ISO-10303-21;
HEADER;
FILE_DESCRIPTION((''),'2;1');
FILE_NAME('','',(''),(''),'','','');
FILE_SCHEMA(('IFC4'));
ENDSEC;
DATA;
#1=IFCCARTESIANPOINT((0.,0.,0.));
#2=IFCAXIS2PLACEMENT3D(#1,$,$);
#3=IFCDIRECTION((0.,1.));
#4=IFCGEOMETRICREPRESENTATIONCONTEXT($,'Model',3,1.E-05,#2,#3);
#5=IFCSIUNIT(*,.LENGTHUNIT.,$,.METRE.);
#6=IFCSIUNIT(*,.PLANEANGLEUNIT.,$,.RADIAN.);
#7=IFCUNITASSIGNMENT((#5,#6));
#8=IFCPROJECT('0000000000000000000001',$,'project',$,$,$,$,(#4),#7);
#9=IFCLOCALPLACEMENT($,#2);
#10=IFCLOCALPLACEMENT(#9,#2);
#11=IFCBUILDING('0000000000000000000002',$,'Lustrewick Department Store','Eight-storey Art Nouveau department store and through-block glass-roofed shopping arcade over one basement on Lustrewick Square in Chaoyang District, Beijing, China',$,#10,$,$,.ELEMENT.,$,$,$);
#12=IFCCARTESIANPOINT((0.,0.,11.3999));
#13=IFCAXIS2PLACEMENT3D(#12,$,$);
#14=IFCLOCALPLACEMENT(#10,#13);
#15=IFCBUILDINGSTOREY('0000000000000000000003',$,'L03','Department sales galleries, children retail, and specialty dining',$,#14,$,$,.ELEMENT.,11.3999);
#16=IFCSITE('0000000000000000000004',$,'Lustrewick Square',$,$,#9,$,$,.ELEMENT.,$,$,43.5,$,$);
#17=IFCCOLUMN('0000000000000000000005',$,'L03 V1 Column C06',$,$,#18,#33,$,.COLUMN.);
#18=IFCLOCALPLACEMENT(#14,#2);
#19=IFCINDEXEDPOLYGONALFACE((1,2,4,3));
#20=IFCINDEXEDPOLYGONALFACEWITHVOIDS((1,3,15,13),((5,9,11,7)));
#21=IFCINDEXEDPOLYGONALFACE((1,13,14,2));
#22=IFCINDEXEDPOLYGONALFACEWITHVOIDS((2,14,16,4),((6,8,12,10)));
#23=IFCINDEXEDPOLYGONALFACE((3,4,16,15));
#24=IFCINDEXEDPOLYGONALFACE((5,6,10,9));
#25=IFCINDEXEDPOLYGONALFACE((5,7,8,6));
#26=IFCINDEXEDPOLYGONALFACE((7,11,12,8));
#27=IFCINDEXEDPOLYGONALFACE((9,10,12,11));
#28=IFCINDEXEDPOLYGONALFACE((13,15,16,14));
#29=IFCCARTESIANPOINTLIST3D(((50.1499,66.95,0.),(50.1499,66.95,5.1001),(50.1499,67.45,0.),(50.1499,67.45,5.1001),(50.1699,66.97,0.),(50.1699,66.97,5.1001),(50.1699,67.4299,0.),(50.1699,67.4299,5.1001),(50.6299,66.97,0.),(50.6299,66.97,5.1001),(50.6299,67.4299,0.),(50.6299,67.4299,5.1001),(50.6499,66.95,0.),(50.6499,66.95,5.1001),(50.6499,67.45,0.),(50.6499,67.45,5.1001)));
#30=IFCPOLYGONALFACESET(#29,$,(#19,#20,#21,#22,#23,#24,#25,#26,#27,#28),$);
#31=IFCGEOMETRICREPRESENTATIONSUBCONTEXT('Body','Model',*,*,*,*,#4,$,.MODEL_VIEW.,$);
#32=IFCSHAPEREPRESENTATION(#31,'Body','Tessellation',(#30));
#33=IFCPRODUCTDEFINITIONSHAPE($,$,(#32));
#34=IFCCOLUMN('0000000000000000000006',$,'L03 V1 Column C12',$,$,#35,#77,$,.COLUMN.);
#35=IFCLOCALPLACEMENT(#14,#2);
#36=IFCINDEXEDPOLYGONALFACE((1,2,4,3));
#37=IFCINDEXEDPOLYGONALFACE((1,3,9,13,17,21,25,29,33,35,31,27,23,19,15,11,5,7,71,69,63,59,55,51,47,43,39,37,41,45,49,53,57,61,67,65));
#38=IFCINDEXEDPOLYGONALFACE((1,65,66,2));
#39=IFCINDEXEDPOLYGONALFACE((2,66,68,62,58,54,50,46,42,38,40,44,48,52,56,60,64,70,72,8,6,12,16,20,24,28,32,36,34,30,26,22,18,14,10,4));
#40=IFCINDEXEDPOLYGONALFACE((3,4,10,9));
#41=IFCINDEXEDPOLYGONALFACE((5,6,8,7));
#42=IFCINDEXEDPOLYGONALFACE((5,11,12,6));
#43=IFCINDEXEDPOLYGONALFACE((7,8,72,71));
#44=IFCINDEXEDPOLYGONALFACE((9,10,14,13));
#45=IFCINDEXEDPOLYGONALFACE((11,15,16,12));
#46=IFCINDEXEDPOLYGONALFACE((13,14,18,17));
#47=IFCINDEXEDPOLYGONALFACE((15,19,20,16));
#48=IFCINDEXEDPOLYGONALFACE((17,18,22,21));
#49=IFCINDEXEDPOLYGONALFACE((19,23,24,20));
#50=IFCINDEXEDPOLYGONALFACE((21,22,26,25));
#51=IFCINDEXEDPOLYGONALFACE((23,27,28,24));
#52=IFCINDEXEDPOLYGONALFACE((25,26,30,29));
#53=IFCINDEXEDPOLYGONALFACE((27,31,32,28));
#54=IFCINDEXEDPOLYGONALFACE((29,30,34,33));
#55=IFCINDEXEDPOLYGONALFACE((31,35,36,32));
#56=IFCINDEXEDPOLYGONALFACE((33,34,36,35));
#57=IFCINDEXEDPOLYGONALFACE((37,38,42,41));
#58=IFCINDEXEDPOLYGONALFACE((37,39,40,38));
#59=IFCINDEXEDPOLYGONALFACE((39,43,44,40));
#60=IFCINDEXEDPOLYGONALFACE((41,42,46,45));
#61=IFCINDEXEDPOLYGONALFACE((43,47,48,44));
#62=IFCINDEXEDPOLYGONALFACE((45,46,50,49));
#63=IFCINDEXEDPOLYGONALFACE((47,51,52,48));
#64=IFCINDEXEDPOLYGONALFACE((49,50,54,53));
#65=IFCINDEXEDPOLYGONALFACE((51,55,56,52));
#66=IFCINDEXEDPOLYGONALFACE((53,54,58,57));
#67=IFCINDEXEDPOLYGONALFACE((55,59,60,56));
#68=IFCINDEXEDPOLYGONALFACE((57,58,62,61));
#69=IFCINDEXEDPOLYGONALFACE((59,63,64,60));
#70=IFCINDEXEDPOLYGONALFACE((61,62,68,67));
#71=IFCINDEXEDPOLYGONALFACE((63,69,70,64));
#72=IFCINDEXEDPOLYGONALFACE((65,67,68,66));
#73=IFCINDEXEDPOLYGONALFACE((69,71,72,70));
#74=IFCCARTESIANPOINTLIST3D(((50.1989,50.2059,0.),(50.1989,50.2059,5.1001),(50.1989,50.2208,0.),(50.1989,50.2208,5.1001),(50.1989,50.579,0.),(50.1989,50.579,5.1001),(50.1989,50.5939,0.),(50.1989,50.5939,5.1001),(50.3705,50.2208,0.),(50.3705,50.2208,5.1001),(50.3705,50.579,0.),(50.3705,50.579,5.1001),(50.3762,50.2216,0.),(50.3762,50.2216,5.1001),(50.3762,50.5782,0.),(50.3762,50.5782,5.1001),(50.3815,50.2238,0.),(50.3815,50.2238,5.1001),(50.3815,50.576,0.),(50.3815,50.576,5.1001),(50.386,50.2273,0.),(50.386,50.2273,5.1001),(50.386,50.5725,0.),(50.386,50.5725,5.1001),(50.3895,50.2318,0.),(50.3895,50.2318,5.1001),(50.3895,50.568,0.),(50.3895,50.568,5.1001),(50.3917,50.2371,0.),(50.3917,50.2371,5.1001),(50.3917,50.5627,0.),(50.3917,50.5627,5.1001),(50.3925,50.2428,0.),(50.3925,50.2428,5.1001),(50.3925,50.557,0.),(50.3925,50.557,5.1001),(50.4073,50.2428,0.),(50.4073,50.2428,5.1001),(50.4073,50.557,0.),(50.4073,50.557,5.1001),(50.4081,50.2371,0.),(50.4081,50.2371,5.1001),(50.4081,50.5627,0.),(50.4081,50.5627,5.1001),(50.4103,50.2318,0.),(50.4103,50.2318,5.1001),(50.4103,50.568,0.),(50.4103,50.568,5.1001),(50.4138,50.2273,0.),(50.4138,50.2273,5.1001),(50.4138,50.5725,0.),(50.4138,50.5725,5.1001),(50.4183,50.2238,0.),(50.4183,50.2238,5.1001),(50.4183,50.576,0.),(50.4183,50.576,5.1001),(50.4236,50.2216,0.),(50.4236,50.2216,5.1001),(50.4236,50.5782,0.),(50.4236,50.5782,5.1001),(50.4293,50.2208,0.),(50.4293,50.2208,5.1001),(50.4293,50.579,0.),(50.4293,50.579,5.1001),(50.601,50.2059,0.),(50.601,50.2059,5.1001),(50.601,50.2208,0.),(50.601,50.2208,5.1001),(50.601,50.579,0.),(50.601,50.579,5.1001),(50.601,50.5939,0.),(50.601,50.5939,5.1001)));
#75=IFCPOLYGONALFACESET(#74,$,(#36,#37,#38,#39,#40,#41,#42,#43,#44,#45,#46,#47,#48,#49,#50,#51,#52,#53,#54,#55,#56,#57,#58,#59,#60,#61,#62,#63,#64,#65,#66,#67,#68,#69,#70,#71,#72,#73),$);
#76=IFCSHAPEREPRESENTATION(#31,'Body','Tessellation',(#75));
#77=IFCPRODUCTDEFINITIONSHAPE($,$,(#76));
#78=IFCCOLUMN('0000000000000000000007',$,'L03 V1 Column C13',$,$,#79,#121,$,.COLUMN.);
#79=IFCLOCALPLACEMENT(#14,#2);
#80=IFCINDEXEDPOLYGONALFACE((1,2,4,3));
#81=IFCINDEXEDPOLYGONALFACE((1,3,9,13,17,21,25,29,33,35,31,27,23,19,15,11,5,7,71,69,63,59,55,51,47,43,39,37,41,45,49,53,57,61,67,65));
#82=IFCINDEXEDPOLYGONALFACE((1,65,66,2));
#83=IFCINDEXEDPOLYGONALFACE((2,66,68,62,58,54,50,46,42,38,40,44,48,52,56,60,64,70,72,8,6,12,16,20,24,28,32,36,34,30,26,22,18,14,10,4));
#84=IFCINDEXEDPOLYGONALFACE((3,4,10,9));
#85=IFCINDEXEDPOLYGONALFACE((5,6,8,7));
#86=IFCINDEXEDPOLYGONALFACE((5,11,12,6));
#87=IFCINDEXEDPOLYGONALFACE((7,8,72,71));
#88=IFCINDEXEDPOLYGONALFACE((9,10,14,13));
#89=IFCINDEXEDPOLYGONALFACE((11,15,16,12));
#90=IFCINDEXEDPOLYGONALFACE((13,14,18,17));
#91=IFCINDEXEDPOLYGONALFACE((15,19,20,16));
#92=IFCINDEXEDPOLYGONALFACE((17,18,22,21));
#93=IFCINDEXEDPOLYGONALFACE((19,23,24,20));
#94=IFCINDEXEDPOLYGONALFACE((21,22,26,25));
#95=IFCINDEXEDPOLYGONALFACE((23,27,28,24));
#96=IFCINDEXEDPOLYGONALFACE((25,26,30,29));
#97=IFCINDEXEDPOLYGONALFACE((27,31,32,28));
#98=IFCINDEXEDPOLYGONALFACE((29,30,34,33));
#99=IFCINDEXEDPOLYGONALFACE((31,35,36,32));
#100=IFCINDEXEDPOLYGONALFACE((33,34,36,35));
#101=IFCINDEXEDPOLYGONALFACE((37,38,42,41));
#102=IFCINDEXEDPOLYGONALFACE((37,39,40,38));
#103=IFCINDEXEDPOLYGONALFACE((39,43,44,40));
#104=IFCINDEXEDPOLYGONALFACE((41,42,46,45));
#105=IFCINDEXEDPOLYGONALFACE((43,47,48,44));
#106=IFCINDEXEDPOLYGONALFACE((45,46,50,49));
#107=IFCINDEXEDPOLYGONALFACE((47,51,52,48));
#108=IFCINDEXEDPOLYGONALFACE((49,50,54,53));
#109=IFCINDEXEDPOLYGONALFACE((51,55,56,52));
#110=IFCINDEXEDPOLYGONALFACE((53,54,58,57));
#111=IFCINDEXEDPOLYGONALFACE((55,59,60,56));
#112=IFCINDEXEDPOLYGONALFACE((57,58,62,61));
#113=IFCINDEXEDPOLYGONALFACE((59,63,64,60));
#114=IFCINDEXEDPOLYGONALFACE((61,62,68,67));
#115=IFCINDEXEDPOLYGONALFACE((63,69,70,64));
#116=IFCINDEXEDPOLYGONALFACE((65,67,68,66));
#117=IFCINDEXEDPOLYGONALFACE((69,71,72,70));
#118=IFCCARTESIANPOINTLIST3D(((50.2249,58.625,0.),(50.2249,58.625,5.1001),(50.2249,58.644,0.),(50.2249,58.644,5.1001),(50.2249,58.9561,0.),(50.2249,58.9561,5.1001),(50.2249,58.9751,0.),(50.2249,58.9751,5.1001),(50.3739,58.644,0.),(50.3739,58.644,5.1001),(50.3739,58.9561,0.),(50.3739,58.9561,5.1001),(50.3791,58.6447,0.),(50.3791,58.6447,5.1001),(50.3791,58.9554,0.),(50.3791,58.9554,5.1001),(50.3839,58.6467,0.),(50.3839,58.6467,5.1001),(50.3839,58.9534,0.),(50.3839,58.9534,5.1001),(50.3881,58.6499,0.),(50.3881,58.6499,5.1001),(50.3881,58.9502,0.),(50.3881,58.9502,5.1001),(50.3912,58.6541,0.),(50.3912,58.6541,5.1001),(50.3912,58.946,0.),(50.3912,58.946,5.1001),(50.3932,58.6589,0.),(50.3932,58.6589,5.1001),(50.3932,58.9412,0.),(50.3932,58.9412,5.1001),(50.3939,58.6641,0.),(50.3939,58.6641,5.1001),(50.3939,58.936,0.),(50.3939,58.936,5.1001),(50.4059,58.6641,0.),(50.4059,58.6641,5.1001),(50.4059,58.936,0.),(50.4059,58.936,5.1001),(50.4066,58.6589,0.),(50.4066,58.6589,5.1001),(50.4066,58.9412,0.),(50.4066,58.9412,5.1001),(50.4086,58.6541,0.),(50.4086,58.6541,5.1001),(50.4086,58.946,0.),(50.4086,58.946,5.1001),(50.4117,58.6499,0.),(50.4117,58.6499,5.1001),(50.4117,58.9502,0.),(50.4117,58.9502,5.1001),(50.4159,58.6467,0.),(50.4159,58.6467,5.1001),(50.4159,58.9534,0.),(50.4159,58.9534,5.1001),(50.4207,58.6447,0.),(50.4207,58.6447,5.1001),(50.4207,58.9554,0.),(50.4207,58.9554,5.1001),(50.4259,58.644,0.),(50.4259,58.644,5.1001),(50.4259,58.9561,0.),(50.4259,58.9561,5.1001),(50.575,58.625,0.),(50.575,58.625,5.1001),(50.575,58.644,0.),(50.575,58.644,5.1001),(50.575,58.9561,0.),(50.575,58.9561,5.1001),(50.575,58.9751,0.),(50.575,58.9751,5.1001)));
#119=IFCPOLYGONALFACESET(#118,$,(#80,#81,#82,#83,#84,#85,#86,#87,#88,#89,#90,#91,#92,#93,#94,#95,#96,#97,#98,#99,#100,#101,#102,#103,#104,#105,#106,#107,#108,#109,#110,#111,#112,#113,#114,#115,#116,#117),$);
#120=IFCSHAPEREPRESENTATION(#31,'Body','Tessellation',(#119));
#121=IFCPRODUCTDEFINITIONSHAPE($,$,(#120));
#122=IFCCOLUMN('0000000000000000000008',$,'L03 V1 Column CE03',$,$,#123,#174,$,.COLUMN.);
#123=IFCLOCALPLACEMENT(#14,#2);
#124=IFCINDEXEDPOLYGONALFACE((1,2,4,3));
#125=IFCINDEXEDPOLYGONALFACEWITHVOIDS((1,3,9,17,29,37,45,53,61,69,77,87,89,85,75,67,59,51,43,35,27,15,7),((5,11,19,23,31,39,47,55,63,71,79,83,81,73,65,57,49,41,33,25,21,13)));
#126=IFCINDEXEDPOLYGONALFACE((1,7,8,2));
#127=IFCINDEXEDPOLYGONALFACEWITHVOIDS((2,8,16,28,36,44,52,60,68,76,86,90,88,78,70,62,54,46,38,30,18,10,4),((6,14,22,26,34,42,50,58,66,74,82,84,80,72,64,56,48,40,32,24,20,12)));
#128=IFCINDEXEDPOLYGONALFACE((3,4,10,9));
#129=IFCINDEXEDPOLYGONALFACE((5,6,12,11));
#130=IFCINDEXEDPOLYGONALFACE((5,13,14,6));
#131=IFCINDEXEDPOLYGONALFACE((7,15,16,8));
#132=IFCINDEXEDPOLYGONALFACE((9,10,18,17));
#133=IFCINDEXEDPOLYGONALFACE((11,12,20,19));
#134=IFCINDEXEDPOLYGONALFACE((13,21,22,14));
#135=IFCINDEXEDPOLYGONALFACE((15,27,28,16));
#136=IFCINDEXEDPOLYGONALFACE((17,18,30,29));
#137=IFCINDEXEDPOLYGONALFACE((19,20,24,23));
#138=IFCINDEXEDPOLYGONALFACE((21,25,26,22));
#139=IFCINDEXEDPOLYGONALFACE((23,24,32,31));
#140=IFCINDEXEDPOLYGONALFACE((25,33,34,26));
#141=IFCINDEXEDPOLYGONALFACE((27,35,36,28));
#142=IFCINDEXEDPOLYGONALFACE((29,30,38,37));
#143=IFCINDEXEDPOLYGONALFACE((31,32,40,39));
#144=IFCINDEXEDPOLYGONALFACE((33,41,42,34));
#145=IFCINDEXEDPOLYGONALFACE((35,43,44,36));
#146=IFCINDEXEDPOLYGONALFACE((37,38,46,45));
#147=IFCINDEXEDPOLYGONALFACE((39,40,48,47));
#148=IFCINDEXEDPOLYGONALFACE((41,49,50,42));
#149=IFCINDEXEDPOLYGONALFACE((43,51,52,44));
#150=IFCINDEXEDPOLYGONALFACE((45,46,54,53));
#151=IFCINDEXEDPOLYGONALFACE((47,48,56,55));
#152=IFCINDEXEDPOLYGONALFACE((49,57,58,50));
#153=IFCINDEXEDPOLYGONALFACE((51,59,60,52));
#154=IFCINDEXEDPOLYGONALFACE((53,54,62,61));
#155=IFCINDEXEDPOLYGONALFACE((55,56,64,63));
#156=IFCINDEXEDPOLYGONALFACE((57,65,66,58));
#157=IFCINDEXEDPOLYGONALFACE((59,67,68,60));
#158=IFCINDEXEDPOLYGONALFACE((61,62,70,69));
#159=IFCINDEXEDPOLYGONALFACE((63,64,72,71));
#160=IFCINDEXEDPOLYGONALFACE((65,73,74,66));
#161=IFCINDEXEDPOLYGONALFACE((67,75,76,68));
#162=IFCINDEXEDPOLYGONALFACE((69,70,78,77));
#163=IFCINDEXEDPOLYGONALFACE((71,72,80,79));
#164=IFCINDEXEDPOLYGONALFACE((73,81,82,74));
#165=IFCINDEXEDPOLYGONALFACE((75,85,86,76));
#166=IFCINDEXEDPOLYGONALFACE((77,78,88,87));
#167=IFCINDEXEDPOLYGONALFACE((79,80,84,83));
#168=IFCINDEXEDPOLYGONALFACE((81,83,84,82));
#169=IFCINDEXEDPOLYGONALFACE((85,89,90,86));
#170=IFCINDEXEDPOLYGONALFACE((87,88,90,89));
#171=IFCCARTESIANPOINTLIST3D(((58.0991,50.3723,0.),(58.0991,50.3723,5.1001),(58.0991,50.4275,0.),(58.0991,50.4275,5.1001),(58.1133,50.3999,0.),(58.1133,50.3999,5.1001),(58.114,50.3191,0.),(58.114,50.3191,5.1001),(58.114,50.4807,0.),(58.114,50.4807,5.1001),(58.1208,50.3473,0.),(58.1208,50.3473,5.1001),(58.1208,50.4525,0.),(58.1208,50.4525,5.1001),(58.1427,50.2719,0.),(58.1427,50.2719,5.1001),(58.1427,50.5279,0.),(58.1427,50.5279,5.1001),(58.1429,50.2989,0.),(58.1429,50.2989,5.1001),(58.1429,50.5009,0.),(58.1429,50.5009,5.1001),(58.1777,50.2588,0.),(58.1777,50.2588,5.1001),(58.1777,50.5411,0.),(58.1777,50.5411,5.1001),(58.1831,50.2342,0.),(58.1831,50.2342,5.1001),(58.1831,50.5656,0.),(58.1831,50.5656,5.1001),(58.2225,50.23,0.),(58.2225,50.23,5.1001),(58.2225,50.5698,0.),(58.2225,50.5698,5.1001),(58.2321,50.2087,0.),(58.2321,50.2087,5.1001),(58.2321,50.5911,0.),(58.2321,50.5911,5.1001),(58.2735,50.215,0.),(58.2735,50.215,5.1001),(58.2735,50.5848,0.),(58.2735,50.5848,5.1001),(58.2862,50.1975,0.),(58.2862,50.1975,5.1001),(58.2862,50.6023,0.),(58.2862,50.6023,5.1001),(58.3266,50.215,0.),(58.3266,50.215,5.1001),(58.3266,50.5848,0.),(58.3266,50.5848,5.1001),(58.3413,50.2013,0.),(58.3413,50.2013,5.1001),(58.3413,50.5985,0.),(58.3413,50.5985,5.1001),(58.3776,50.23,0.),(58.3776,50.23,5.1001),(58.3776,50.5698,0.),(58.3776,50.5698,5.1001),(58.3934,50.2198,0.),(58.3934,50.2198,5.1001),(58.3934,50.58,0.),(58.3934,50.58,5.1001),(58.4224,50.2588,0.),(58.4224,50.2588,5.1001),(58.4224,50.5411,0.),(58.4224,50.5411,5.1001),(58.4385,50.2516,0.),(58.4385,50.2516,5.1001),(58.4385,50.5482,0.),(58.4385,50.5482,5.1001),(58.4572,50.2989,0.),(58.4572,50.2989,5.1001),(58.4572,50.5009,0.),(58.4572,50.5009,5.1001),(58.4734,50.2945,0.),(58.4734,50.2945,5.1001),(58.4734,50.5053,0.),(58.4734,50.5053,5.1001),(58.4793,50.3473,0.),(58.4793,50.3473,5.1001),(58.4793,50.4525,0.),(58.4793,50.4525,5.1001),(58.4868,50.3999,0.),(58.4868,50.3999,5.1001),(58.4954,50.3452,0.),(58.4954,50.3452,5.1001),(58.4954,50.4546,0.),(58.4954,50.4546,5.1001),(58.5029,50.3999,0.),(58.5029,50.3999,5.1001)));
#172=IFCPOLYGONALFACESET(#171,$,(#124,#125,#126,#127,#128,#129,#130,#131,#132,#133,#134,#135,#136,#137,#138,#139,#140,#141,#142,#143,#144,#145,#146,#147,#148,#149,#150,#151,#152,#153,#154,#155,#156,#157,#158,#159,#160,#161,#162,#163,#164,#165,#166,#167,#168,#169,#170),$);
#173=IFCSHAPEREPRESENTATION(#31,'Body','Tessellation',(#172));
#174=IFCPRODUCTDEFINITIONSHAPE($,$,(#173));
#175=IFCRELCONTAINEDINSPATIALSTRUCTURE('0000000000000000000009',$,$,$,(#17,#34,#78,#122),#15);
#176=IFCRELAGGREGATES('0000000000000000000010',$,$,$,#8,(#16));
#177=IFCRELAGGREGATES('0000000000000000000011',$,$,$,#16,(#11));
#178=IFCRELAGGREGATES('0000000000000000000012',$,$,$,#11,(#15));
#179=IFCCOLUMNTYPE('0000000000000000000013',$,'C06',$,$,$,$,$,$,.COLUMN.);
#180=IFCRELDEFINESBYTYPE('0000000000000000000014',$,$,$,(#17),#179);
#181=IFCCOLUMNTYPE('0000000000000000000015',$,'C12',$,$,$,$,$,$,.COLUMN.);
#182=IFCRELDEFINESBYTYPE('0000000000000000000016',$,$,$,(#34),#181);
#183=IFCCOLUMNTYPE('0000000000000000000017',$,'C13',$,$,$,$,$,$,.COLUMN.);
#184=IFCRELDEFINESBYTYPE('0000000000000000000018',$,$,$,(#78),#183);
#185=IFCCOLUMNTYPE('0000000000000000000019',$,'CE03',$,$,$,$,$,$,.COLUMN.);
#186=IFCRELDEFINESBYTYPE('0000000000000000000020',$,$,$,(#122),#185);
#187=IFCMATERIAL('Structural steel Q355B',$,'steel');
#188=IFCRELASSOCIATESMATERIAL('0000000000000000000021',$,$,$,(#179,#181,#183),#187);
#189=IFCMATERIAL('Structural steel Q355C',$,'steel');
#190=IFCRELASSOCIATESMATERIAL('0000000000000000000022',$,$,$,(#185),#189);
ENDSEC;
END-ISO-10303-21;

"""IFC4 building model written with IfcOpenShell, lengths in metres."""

from ifc_helpers import new_model, si_unit, direction, frame, origin, origin_2d, place, context, subcontext, project, spatial, hollow_rectangle, hollow_circle, i_section, extrude, material, material_profile, profile_set, type_object, element, save


model = new_model("IFC4")

# Units and contexts
model_context = context("Model", 3, precision=1e-05, world=origin(), true_north=direction((0.0, 1.0)))
body_context = subcontext(model_context, "Body", "Model", "MODEL_VIEW")
ifc_project = project(units=[si_unit("LENGTHUNIT", "METRE"), si_unit("PLANEANGLEUNIT", "RADIAN")], contexts=[model_context])

# Site, building, storey
site_placement = place(None, origin())
site = spatial("IfcSite", under=ifc_project, at=site_placement, Name="Lustrewick Square", CompositionType="ELEMENT", RefElevation=43.5)
building_placement = place(site_placement, origin())
building = spatial("IfcBuilding", under=site, at=building_placement, Name="Lustrewick Department Store", Description="Eight-storey Art Nouveau department store and through-block glass-roofed shopping arcade over one basement on Lustrewick Square in Chaoyang District, Beijing, China", CompositionType="ELEMENT")
storey_placement = place(building_placement, frame((0.0, 0.0, 11.3999)))
storey = spatial("IfcBuildingStorey", under=building, at=storey_placement, Name="L03", Description="Department sales galleries, children retail, and specialty dining", CompositionType="ELEMENT", Elevation=11.3999)

# Columns
ifc_material_1 = material(Name="Structural steel Q355B", Category="steel")
ifc_material_profile_1 = material_profile(ifc_material_1, hollow_rectangle(XDim=0.5, YDim=0.5, WallThickness=0.02, at=origin_2d()), Name="BOX 500x500x20")
ifc_profile_set_1 = profile_set([ifc_material_profile_1], Name="Structural steel Q355B")
column_type_1 = type_object("IfcColumnType", Name="C06", PredefinedType="COLUMN", material=ifc_profile_set_1)
column_1_placement = place(storey_placement, frame((50.3999, 67.2, 0.0), z_axis=(0.0, 0.0, 1.0), x_axis=(1.0, 0.0, 0.0)))
element("IfcColumn", 1, at=column_1_placement, inside=storey, type_object=column_type_1, Name="L03 V1 Column C06", PredefinedType="COLUMN", context=body_context, shape_type="SweptSolid", body=[
    extrude(hollow_rectangle(XDim=0.5, YDim=0.5, WallThickness=0.02, at=origin_2d()), origin(), (0.0, 0.0, 1.0), 5.1001),
])
ifc_material_profile_2 = material_profile(ifc_material_1, i_section(OverallWidth=0.4021, OverallDepth=0.3879, WebThickness=0.0149, FlangeThickness=0.0149, FilletRadius=0.022, at=origin_2d()), Name="HW 388x402x15x15")
ifc_profile_set_2 = profile_set([ifc_material_profile_2], Name="Structural steel Q355B")
column_type_2 = type_object("IfcColumnType", Name="C12", PredefinedType="COLUMN", material=ifc_profile_set_2)
column_2_placement = place(storey_placement, frame((50.3999, 50.3999, 0.0), z_axis=(0.0, 0.0, 1.0), x_axis=(1.0, 0.0, 0.0)))
element("IfcColumn", 2, at=column_2_placement, inside=storey, type_object=column_type_2, Name="L03 V1 Column C12", PredefinedType="COLUMN", context=body_context, shape_type="SweptSolid", body=[
    extrude(i_section(OverallWidth=0.4021, OverallDepth=0.3879, WebThickness=0.0149, FlangeThickness=0.0149, FilletRadius=0.022, at=origin_2d()), origin(), (0.0, 0.0, 1.0), 5.1001),
])
ifc_material_profile_3 = material_profile(ifc_material_1, i_section(OverallWidth=0.3501, OverallDepth=0.3501, WebThickness=0.012, FlangeThickness=0.019, FilletRadius=0.02, at=origin_2d()), Name="HW 350x350x12x19")
ifc_profile_set_3 = profile_set([ifc_material_profile_3], Name="Structural steel Q355B")
column_type_3 = type_object("IfcColumnType", Name="C13", PredefinedType="COLUMN", material=ifc_profile_set_3)
column_3_placement = place(storey_placement, frame((50.3999, 58.8, 0.0), z_axis=(0.0, 0.0, 1.0), x_axis=(1.0, 0.0, 0.0)))
element("IfcColumn", 3, at=column_3_placement, inside=storey, type_object=column_type_3, Name="L03 V1 Column C13", PredefinedType="COLUMN", context=body_context, shape_type="SweptSolid", body=[
    extrude(i_section(OverallWidth=0.3501, OverallDepth=0.3501, WebThickness=0.012, FlangeThickness=0.019, FilletRadius=0.02, at=origin_2d()), origin(), (0.0, 0.0, 1.0), 5.1001),
])
ifc_material_2 = material(Name="Structural steel Q355C", Category="steel")
ifc_material_profile_4 = material_profile(ifc_material_2, hollow_circle(Radius=0.2029, WallThickness=0.0161, at=origin_2d()), Name="CHS 406x16")
ifc_profile_set_4 = profile_set([ifc_material_profile_4], Name="Structural steel Q355C")
column_type_4 = type_object("IfcColumnType", Name="CE03", PredefinedType="COLUMN", material=ifc_profile_set_4)
column_4_placement = place(storey_placement, frame((58.3, 50.3999, 0.0), z_axis=(0.0, 0.0, 1.0), x_axis=(1.0, 0.0, 0.0)))
element("IfcColumn", 4, at=column_4_placement, inside=storey, type_object=column_type_4, Name="L03 V1 Column CE03", PredefinedType="COLUMN", context=body_context, shape_type="SweptSolid", body=[
    extrude(hollow_circle(Radius=0.2029, WallThickness=0.0161, at=origin_2d()), origin(), (0.0, 0.0, 1.0), 5.1001),
])

save(model, "model.ifc")
